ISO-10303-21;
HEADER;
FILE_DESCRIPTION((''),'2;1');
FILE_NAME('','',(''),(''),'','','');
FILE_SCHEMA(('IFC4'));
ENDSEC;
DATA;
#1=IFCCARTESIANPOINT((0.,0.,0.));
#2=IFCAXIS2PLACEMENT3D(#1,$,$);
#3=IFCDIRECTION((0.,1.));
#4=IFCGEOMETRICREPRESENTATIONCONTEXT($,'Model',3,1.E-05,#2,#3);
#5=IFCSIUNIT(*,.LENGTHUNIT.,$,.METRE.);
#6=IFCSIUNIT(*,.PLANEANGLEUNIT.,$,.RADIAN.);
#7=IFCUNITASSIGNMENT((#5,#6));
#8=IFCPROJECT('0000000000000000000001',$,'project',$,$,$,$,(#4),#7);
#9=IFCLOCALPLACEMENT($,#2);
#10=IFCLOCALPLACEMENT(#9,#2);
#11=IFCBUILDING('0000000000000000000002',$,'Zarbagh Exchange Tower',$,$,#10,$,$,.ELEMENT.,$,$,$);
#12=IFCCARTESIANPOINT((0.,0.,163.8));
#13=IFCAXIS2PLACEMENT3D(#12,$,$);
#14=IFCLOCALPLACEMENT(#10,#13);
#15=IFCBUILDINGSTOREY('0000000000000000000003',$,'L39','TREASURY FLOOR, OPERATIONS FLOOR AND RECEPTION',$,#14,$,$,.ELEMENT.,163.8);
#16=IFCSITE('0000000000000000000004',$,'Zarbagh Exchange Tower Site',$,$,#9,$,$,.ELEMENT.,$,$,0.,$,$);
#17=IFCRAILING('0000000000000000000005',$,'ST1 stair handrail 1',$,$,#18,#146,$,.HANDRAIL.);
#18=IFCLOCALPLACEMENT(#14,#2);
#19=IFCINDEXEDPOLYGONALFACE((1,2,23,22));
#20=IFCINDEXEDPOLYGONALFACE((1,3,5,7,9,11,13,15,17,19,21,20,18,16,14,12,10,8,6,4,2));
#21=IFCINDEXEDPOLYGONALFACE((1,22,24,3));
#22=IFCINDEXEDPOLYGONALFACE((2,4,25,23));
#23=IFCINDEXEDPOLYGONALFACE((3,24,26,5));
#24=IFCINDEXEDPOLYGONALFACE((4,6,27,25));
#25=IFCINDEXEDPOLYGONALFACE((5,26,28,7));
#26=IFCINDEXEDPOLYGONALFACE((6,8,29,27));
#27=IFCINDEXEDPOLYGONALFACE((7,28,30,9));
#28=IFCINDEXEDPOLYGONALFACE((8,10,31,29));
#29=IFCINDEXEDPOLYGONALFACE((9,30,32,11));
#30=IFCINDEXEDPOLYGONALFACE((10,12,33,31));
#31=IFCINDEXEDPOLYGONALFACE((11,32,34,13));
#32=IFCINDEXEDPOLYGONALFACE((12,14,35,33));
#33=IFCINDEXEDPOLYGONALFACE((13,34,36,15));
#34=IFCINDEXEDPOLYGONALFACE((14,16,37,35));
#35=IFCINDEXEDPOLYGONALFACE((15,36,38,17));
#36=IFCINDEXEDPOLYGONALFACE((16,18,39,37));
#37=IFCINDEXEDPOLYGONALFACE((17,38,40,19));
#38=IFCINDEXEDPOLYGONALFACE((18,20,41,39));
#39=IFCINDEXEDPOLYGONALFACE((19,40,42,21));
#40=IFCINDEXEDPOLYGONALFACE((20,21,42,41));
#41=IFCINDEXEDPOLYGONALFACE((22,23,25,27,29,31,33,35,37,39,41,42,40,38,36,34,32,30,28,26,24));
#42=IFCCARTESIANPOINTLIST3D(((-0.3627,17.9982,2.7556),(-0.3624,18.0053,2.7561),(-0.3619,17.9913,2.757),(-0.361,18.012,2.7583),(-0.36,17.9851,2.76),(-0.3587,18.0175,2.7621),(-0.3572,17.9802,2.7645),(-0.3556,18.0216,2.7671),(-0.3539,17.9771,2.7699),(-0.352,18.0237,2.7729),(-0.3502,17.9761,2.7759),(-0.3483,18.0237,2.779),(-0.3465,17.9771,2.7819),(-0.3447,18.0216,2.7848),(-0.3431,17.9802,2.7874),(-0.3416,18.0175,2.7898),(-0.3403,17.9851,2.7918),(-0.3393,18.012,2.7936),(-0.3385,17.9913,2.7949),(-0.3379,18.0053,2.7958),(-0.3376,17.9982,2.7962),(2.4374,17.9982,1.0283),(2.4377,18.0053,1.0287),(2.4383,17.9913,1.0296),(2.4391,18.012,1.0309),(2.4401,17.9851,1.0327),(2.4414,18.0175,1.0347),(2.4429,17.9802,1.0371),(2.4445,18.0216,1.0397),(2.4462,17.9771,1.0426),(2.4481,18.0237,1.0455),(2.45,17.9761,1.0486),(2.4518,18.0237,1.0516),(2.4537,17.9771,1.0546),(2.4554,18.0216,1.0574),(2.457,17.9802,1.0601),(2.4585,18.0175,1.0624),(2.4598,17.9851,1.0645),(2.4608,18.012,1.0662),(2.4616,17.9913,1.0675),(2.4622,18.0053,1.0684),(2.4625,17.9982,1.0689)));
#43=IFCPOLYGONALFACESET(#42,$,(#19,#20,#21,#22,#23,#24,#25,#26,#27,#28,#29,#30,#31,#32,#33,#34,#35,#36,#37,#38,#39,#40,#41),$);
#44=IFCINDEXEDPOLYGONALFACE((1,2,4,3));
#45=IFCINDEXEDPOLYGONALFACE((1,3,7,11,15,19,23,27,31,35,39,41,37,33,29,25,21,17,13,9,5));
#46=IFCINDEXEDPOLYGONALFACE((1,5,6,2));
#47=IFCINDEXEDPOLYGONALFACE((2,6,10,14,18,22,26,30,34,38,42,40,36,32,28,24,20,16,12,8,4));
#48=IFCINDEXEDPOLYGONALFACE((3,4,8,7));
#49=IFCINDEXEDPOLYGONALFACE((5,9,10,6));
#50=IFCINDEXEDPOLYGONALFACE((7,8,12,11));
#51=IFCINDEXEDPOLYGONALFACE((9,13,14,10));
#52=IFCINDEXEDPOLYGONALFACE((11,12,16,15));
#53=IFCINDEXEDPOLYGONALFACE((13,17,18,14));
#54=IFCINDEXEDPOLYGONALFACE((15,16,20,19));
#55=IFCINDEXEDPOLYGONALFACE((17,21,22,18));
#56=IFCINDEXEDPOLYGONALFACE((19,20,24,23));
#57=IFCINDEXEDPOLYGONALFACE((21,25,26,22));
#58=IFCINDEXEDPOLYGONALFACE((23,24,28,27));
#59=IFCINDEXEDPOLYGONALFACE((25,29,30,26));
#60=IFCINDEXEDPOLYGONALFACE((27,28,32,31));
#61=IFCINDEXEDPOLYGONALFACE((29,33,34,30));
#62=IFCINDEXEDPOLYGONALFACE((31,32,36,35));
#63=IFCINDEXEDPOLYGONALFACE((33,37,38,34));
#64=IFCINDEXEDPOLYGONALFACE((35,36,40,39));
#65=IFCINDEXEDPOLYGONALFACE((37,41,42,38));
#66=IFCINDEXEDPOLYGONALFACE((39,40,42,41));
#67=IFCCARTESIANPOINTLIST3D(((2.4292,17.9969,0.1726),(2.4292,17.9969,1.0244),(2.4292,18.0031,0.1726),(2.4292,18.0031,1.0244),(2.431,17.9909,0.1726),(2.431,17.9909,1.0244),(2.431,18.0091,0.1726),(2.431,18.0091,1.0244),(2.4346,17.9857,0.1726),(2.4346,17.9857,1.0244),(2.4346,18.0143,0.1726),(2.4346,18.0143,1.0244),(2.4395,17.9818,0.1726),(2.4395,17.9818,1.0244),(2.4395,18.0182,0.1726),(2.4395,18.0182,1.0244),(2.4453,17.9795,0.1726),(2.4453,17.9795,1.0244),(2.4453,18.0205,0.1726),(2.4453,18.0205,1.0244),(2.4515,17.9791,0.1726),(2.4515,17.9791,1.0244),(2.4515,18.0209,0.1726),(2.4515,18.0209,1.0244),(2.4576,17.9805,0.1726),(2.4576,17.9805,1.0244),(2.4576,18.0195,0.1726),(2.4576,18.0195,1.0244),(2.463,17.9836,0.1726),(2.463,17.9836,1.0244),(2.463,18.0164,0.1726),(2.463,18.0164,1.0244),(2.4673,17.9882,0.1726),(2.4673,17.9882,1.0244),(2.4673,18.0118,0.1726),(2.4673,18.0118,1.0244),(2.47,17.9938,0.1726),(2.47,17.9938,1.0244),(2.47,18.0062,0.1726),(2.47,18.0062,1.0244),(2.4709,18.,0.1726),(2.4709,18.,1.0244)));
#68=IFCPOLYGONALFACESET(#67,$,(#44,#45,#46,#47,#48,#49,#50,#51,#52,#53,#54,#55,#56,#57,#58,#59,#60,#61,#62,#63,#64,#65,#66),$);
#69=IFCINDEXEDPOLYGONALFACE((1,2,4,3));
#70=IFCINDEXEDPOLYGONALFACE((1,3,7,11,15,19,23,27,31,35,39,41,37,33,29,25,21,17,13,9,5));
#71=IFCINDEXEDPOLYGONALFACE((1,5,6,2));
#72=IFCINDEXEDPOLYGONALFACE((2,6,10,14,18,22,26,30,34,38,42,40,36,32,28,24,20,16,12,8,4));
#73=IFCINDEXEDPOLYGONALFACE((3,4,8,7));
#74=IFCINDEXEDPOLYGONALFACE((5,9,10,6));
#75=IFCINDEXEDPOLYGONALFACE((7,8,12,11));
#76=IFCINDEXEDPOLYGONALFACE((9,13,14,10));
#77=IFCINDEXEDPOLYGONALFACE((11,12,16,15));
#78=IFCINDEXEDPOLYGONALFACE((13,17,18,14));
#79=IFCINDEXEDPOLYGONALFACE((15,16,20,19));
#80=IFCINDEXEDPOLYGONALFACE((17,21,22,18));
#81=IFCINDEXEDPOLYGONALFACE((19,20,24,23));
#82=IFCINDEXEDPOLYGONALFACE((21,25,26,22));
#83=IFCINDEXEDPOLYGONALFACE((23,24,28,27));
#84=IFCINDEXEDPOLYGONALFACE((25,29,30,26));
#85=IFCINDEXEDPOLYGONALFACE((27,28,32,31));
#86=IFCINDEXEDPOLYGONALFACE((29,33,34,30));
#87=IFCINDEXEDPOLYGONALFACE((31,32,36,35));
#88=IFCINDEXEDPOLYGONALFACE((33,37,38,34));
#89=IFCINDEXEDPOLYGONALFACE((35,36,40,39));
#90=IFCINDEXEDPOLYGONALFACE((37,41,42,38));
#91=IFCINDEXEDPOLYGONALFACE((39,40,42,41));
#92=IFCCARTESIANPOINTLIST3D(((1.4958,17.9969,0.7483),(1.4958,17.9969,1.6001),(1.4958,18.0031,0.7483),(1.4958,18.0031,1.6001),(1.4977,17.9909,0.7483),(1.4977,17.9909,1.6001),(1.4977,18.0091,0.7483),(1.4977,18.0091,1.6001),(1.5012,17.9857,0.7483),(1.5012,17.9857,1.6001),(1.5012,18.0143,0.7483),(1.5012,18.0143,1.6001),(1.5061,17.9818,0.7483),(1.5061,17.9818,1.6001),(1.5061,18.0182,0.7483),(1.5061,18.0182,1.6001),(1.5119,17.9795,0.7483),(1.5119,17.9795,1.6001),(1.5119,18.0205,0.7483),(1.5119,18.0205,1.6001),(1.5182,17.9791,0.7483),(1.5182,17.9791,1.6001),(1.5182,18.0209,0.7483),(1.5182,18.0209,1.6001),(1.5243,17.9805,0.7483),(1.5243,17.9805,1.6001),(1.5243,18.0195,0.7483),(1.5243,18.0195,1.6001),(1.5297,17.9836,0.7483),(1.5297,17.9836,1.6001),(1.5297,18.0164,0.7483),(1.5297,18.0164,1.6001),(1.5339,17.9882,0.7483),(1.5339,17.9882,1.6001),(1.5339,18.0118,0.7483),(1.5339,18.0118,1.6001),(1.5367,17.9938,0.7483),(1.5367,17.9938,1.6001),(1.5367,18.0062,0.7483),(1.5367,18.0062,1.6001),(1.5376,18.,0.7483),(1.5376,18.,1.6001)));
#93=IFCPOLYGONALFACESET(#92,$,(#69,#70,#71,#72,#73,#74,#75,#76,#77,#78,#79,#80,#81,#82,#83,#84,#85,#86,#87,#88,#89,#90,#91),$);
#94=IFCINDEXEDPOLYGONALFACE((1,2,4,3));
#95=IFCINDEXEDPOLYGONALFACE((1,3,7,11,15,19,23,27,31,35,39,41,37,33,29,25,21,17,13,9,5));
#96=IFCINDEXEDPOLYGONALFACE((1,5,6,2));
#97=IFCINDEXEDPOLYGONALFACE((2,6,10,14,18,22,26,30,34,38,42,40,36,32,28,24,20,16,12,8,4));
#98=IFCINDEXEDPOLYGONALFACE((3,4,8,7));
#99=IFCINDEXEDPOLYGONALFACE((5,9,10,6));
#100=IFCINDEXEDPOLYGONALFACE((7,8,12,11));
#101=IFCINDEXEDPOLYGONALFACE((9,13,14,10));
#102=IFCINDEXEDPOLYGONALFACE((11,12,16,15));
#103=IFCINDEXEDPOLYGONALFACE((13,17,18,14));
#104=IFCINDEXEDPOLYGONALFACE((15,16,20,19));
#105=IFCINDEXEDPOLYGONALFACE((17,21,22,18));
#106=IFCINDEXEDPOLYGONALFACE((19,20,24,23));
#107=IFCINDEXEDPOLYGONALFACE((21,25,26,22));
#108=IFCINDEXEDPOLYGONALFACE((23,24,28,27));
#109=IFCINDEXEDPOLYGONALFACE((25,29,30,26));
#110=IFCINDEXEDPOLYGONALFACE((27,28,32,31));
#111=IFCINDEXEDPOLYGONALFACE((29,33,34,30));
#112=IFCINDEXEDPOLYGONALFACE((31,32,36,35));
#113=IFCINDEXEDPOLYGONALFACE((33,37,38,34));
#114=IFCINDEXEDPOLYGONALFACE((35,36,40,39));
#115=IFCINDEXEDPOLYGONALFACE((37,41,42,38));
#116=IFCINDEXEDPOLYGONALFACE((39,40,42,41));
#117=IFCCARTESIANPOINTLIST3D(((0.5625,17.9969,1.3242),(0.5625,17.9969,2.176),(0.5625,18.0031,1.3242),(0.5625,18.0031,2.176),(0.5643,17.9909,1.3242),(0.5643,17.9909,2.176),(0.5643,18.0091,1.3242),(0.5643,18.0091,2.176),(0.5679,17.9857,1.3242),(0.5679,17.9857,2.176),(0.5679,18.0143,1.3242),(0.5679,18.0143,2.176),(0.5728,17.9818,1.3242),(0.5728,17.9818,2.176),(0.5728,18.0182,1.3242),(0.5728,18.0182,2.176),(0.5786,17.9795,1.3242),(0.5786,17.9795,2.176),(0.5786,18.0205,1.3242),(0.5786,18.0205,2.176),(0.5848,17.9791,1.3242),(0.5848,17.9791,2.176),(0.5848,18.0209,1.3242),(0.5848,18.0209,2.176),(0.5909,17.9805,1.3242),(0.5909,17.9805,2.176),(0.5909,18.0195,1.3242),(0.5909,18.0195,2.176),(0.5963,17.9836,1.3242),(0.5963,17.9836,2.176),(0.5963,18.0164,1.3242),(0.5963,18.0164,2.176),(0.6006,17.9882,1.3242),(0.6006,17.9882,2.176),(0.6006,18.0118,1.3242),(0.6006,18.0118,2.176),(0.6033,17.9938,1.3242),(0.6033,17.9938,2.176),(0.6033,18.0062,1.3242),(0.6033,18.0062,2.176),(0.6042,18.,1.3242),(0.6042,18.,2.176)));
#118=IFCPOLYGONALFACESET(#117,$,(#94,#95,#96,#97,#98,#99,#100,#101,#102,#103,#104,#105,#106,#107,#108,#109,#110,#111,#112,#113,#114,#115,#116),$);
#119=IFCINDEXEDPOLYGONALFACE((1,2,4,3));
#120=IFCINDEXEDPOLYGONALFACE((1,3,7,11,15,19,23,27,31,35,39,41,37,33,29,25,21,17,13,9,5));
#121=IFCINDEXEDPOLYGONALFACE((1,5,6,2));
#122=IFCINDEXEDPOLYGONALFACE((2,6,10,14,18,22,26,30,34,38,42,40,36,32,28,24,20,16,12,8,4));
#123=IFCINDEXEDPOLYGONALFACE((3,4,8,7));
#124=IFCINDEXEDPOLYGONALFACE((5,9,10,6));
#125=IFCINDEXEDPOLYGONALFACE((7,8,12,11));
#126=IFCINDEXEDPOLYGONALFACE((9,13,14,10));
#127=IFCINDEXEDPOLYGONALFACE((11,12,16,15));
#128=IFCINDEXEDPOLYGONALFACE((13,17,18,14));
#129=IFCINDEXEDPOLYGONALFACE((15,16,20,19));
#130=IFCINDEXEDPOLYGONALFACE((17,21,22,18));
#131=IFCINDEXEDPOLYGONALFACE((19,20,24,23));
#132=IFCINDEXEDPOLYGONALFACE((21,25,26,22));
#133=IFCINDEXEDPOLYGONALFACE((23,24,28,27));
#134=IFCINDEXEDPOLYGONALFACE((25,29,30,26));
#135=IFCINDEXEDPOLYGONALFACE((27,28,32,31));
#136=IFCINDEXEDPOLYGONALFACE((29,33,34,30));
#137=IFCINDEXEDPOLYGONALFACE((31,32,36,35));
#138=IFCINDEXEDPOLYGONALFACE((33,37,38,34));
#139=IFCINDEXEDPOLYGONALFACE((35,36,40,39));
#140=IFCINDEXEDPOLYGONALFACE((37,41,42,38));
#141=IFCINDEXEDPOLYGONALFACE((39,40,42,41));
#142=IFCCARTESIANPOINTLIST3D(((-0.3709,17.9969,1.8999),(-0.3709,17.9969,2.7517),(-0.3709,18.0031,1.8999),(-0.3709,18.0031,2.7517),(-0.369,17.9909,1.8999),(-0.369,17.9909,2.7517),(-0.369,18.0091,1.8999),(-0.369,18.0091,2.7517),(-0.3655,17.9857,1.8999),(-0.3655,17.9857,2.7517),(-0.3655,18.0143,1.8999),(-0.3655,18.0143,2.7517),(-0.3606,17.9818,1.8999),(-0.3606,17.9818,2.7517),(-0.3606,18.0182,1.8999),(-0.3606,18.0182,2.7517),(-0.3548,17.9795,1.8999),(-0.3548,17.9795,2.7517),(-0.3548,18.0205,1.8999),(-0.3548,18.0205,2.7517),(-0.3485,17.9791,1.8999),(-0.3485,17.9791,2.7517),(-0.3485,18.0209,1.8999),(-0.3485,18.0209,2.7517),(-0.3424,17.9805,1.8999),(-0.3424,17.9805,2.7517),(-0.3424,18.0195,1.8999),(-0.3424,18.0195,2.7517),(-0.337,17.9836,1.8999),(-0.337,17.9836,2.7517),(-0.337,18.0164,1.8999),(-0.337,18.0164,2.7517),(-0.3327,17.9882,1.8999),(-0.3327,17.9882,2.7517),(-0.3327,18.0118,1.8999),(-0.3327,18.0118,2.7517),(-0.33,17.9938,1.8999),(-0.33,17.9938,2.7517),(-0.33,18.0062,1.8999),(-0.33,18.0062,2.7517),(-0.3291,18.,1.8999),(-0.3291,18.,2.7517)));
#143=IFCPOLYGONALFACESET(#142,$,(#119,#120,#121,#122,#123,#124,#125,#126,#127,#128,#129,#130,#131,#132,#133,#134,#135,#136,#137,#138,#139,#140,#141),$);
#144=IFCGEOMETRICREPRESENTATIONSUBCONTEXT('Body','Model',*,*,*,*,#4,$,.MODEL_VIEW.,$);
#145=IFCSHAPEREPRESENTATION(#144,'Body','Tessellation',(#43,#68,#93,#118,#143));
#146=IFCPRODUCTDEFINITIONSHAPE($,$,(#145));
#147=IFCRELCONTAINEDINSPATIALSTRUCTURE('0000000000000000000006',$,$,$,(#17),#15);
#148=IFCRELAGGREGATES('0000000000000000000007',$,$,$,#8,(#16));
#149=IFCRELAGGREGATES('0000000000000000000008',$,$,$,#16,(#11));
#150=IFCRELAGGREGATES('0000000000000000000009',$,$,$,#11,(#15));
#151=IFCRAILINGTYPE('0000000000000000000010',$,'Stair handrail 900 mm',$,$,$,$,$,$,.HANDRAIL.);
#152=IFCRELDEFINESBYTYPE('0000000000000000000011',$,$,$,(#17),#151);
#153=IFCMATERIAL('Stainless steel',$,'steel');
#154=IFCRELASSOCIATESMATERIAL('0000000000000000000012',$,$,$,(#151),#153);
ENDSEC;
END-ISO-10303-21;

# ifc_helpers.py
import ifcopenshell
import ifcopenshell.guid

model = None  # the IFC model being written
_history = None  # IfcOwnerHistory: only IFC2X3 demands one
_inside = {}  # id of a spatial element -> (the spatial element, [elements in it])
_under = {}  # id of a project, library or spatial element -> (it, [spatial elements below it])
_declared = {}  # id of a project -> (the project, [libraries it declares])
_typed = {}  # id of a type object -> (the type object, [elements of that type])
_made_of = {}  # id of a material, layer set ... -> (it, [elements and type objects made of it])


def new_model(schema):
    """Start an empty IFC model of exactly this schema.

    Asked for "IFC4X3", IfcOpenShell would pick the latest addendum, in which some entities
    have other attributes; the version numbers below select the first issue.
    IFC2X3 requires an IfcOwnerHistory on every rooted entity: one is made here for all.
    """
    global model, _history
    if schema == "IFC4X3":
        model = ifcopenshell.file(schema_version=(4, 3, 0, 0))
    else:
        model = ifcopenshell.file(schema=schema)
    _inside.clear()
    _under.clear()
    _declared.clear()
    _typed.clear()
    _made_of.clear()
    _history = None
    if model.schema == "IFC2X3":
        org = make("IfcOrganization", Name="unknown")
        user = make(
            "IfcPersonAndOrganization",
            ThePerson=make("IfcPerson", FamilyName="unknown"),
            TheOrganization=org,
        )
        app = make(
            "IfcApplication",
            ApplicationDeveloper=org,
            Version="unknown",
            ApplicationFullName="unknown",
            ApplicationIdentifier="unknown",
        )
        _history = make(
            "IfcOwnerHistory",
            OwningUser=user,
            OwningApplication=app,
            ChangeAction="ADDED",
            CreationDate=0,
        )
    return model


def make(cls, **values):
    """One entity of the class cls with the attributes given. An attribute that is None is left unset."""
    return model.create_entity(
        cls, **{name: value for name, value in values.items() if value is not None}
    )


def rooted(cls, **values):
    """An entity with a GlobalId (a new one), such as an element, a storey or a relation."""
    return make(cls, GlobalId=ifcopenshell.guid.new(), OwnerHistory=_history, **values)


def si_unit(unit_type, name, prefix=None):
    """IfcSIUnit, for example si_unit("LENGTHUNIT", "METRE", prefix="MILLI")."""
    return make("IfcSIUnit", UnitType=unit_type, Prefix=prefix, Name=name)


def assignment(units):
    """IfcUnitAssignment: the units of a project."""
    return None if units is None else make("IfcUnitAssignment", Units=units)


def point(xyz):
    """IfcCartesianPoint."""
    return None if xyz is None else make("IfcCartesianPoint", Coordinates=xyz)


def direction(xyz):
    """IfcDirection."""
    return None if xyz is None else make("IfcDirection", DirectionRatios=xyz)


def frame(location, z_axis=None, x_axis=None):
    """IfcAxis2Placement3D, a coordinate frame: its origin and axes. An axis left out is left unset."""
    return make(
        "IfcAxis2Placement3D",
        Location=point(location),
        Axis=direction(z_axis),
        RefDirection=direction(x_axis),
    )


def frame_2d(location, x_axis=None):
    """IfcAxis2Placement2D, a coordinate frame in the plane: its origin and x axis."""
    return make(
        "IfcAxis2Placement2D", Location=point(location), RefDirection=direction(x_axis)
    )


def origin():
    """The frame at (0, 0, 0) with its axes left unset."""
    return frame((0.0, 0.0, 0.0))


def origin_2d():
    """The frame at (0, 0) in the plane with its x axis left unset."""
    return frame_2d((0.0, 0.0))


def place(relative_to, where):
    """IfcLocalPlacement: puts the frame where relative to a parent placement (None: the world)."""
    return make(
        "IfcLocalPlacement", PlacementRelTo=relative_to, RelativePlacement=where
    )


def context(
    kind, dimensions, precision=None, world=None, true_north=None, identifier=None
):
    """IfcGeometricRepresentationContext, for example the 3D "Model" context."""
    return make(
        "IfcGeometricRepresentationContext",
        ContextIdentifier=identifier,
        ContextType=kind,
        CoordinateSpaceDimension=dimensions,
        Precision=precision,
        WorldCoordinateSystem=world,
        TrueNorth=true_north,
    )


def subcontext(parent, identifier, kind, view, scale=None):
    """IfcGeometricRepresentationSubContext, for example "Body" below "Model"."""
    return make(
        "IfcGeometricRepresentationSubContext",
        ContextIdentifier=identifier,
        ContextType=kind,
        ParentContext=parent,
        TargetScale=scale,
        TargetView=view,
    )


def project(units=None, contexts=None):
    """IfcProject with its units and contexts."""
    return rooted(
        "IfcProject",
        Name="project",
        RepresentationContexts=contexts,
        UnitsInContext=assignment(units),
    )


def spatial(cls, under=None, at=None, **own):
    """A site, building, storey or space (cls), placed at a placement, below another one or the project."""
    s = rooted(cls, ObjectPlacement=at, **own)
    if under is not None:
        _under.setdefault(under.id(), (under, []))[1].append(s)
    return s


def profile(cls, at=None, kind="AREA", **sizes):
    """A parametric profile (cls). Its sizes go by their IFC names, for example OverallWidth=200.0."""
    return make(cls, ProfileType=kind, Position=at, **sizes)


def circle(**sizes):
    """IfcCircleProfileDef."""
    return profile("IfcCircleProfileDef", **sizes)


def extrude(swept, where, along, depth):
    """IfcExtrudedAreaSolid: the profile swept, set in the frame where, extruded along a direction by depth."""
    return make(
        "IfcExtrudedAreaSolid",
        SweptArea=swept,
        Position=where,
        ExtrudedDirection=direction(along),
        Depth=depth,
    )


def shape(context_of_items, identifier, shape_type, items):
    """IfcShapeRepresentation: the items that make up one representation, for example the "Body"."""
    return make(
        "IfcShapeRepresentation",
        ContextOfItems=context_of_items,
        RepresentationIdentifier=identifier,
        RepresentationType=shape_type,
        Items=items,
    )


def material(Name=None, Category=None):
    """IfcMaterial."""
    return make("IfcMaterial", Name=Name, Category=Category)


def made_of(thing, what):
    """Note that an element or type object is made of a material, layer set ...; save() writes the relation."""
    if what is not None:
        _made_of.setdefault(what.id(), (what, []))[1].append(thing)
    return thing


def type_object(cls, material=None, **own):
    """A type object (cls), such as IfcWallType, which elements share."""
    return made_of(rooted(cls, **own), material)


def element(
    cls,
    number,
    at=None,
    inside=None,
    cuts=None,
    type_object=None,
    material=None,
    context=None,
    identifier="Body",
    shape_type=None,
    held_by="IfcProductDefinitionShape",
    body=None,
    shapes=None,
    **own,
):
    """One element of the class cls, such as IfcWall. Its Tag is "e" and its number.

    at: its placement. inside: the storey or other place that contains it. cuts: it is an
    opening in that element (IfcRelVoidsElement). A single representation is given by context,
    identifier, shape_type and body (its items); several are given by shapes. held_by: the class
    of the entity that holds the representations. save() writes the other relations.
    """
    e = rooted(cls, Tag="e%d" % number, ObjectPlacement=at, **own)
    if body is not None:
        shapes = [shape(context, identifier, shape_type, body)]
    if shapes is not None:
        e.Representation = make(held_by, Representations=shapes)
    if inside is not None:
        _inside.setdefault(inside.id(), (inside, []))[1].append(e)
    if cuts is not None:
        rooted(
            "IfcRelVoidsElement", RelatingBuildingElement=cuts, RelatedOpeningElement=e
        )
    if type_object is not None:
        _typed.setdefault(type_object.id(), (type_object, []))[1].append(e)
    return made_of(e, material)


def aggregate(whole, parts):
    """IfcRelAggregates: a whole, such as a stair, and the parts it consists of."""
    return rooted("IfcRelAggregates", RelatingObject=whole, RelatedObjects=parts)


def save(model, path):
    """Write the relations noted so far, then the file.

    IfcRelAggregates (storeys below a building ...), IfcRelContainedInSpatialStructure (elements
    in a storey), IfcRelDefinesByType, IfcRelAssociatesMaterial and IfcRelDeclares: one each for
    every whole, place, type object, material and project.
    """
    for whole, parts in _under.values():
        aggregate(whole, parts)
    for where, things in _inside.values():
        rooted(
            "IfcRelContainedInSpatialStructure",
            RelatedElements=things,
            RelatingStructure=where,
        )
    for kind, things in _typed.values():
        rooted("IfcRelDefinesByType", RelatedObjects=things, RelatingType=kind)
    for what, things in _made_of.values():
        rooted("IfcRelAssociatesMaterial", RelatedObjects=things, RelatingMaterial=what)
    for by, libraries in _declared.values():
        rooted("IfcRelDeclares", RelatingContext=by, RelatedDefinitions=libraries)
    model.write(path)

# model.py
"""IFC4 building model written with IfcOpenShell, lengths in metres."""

from ifc_helpers import new_model, si_unit, direction, frame, origin, origin_2d, place, context, subcontext, project, spatial, circle, extrude, material, type_object, element, save


model = new_model("IFC4")

# Units and contexts
model_context = context("Model", 3, precision=1e-05, world=origin(), true_north=direction((0.0, 1.0)))
body_context = subcontext(model_context, "Body", "Model", "MODEL_VIEW")
ifc_project = project(units=[si_unit("LENGTHUNIT", "METRE"), si_unit("PLANEANGLEUNIT", "RADIAN")], contexts=[model_context])

# Site, building, storey
site_placement = place(None, origin())
site = spatial("IfcSite", under=ifc_project, at=site_placement, Name="Zarbagh Exchange Tower Site", CompositionType="ELEMENT", RefElevation=0.0)
building_placement = place(site_placement, origin())
building = spatial("IfcBuilding", under=site, at=building_placement, Name="Zarbagh Exchange Tower", CompositionType="ELEMENT")
storey_placement = place(building_placement, frame((0.0, 0.0, 163.8)))
storey = spatial("IfcBuildingStorey", under=building, at=storey_placement, Name="L39", Description="TREASURY FLOOR, OPERATIONS FLOOR AND RECEPTION", CompositionType="ELEMENT", Elevation=163.8)

# Shared definitions
ifc_material_1 = material(Name="Stainless steel", Category="steel")

# Railing
railing_type = type_object("IfcRailingType", Name="Stair handrail 900 mm", PredefinedType="HANDRAIL", material=ifc_material_1)
railing_placement = place(storey_placement, frame((2.45, 18.0, 0.1726)))
element("IfcRailing", 1, at=railing_placement, inside=storey, type_object=railing_type, Name="ST1 stair handrail 1", PredefinedType="HANDRAIL", context=body_context, shape_type="SweptSolid", body=[
    extrude(circle(Radius=0.0239, at=origin_2d()), frame((0.0, 0.0, 0.876), z_axis=(-0.85109, 0.0, 0.52502), x_axis=(0.0, -1.0, 0.0)), (0.0, 0.0, 1.0), 3.29),
    extrude(circle(Radius=0.021, at=origin_2d()), origin(), (0.0, 0.0, 1.0), 0.8518),
    extrude(circle(Radius=0.021, at=origin_2d()), frame((-0.9333, 0.0, 0.5757)), (0.0, 0.0, 1.0), 0.8518),
    extrude(circle(Radius=0.021, at=origin_2d()), frame((-1.8667, 0.0, 1.1516)), (0.0, 0.0, 1.0), 0.8518),
    extrude(circle(Radius=0.021, at=origin_2d()), frame((-2.8, 0.0, 1.7273)), (0.0, 0.0, 1.0), 0.8518),
])

save(model, "model.ifc")
